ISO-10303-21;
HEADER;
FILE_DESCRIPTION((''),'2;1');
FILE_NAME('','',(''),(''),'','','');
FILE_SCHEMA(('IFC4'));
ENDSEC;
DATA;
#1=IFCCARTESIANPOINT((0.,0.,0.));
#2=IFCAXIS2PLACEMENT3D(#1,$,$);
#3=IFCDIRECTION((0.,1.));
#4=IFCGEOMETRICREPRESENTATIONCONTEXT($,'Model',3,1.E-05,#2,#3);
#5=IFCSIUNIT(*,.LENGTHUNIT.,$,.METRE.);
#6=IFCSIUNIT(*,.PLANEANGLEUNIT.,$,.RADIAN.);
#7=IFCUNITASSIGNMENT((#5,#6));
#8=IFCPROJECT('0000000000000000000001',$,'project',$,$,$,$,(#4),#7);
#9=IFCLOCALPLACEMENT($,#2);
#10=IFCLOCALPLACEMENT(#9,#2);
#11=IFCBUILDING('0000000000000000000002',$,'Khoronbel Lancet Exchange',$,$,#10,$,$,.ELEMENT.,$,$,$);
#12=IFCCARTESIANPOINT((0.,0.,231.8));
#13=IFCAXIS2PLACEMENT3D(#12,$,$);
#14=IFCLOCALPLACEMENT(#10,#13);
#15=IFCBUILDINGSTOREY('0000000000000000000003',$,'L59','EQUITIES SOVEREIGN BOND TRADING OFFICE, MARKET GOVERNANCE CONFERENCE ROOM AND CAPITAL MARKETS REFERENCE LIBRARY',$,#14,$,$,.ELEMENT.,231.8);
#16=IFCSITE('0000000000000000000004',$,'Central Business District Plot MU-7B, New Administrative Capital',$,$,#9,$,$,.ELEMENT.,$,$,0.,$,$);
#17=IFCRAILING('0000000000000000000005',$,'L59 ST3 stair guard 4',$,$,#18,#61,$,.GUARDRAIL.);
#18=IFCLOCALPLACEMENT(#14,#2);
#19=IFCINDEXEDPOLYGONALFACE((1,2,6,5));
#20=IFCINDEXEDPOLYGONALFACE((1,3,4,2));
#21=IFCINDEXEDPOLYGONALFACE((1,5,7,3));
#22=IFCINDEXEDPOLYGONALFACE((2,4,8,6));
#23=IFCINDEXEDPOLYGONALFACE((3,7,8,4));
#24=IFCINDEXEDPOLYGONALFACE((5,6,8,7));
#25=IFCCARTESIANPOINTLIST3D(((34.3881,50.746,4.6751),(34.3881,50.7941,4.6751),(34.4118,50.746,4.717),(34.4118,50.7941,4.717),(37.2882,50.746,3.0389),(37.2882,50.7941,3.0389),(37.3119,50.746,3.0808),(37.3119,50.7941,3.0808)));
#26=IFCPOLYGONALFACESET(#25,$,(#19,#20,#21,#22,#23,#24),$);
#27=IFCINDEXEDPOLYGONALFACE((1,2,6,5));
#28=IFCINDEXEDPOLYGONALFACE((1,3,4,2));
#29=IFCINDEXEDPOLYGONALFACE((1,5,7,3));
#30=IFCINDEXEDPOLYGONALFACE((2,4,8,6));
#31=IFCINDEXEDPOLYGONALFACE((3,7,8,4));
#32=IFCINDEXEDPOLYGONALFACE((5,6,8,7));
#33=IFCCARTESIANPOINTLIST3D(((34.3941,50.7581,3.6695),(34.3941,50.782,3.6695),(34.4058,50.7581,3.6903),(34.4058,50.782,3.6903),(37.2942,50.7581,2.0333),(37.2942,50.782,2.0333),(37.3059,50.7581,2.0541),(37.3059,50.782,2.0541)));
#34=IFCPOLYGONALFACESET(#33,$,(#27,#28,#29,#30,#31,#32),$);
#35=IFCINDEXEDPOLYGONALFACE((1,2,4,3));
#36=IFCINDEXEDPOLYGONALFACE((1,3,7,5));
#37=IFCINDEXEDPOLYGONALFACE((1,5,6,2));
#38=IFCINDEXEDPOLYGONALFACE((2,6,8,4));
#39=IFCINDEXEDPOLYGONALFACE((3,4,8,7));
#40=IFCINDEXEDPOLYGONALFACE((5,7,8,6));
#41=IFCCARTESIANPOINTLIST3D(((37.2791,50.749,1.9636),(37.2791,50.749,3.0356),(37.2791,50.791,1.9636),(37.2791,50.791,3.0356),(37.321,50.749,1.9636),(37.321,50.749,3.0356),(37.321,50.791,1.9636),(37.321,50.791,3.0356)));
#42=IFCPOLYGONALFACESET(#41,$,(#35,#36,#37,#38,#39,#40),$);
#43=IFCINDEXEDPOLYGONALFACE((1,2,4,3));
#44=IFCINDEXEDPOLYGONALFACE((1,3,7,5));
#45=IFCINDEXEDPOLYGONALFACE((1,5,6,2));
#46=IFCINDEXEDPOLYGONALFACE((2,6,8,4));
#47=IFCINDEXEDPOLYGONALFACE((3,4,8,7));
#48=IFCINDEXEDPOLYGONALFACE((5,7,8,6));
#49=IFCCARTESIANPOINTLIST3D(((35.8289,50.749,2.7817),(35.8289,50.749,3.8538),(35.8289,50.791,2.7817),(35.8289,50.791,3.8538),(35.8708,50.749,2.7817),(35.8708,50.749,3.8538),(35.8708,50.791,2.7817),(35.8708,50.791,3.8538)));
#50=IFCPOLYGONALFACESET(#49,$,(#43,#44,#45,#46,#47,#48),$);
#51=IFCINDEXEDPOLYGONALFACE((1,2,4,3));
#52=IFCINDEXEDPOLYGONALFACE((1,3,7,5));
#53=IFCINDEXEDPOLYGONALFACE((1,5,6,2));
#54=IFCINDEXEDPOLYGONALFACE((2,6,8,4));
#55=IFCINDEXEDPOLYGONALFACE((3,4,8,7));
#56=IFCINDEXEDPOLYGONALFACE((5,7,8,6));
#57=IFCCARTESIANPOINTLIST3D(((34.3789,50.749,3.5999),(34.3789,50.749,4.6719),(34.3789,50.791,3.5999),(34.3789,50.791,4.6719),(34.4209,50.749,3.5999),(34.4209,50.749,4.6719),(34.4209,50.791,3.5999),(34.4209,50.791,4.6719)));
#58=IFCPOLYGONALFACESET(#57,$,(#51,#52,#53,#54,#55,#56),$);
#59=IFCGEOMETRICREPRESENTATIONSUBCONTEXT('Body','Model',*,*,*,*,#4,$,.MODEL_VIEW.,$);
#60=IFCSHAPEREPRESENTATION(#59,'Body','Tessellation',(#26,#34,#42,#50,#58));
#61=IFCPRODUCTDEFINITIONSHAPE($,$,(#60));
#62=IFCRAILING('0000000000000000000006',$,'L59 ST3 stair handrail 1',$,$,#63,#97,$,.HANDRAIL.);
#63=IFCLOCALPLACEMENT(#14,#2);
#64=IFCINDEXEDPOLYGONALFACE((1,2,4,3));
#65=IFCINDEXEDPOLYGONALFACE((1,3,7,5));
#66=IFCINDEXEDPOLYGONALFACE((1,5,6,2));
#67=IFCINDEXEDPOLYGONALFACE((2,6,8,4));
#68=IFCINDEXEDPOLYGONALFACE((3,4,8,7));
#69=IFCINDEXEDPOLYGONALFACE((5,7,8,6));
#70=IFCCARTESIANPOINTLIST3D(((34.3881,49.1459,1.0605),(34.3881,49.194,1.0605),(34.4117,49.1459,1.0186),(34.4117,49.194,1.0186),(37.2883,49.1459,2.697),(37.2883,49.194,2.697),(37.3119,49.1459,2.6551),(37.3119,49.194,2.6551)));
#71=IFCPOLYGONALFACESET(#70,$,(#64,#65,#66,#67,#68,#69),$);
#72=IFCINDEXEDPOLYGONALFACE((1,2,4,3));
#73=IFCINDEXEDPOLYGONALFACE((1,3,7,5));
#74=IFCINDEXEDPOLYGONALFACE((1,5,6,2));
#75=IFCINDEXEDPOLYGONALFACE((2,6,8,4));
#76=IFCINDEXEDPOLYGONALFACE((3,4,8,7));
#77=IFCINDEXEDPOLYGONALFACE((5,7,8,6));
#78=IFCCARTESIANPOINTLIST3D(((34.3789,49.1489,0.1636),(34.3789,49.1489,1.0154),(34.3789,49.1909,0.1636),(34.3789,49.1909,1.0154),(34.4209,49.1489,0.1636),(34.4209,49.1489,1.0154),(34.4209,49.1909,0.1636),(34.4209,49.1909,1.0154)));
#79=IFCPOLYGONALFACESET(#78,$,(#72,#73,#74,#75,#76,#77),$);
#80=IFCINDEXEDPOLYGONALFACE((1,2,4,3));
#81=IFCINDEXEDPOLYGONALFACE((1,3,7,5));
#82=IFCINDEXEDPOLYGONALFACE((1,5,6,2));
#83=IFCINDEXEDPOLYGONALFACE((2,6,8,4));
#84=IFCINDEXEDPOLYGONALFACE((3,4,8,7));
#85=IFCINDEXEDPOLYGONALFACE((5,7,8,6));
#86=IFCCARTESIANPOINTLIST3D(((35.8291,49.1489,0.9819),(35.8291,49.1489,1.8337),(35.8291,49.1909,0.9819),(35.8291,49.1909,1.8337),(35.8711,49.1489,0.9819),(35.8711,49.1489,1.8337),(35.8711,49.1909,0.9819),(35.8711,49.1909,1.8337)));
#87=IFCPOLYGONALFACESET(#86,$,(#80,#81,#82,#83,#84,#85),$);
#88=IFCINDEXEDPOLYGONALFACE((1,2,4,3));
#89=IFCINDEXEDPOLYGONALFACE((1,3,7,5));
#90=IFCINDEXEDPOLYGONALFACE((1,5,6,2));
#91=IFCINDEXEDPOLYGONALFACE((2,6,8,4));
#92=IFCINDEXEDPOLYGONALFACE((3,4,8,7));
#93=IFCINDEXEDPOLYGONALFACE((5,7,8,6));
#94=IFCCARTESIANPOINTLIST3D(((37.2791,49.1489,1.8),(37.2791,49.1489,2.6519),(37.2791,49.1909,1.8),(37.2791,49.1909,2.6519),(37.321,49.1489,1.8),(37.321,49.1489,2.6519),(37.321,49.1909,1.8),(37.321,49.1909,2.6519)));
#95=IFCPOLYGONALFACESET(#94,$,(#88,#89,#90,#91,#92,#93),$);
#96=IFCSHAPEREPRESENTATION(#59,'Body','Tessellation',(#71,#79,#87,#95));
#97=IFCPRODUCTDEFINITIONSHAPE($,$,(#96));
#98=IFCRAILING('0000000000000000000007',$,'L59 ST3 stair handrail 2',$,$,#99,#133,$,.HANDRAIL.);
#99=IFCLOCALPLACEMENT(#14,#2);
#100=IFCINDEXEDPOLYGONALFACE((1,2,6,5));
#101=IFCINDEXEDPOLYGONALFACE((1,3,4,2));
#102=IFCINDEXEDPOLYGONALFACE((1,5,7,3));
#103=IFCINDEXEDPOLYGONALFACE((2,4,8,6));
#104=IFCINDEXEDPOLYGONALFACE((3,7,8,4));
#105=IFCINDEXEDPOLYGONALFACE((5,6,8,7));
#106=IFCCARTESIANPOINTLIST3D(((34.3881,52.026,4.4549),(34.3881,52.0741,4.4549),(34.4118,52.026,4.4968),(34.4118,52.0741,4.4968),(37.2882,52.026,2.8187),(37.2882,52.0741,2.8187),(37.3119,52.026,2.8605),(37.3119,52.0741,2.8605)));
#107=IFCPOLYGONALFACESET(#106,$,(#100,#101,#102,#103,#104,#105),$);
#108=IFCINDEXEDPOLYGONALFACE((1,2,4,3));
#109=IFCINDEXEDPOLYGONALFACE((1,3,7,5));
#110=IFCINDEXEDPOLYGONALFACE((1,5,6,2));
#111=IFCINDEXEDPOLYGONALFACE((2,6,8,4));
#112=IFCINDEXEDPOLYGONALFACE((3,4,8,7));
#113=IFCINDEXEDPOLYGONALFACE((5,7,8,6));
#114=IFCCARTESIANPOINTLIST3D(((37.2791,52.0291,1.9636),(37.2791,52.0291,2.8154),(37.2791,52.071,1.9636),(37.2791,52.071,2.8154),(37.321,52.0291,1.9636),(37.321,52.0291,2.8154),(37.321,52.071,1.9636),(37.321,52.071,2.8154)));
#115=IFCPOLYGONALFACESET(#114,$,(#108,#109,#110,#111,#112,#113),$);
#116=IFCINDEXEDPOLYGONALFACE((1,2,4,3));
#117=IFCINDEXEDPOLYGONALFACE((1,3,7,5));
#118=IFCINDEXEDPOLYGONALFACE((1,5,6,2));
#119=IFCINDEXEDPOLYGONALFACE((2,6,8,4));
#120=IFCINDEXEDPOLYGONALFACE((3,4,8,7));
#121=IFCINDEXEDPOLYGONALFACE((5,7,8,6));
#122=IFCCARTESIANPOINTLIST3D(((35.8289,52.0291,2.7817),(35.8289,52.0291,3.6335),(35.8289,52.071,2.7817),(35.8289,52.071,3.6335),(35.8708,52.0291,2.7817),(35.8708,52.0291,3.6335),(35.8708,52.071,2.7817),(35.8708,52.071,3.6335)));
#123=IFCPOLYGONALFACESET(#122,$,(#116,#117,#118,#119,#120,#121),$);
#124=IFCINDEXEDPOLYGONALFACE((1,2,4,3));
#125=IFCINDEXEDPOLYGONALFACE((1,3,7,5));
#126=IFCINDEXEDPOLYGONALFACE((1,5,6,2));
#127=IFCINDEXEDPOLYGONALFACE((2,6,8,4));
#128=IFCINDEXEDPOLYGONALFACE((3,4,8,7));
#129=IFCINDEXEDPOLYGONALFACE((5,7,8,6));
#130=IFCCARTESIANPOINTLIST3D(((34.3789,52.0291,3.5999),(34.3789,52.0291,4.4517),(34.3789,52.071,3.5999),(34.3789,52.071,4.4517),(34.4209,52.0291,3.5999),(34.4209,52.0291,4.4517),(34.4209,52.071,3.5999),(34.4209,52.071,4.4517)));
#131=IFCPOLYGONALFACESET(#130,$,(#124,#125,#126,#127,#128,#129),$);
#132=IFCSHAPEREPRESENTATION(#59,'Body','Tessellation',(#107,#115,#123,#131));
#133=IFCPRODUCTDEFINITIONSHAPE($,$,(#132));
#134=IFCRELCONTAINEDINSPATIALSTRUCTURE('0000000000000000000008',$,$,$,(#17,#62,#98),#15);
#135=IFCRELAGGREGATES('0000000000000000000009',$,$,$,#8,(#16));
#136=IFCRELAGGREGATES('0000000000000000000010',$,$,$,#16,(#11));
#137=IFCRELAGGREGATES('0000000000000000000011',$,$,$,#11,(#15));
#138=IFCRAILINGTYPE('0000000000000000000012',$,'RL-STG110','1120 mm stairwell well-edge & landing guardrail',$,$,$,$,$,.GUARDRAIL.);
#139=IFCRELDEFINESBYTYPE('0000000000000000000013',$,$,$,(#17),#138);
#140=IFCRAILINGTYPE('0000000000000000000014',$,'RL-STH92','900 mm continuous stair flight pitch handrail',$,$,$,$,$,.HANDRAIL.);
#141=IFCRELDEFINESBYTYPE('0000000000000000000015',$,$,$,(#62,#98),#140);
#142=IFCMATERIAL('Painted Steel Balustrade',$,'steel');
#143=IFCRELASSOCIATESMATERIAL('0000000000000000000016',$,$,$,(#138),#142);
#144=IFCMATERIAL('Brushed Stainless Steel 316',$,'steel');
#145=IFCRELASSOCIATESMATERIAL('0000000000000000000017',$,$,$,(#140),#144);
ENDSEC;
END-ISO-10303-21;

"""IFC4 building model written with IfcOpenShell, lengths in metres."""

from ifc_helpers import new_model, si_unit, direction, frame, origin, origin_2d, place, context, subcontext, project, spatial, rectangle, extrude, material, type_object, element, save


model = new_model("IFC4")

# Units and contexts
model_context = context("Model", 3, precision=1e-05, world=origin(), true_north=direction((0.0, 1.0)))
body_context = subcontext(model_context, "Body", "Model", "MODEL_VIEW")
ifc_project = project(units=[si_unit("LENGTHUNIT", "METRE"), si_unit("PLANEANGLEUNIT", "RADIAN")], contexts=[model_context])

# Site, building, storey
site_placement = place(None, origin())
site = spatial("IfcSite", under=ifc_project, at=site_placement, Name="Central Business District Plot MU-7B, New Administrative Capital", CompositionType="ELEMENT", RefElevation=0.0)
building_placement = place(site_placement, origin())
building = spatial("IfcBuilding", under=site, at=building_placement, Name="Khoronbel Lancet Exchange", CompositionType="ELEMENT")
storey_placement = place(building_placement, frame((0.0, 0.0, 231.8)))
storey = spatial("IfcBuildingStorey", under=building, at=storey_placement, Name="L59", Description="EQUITIES SOVEREIGN BOND TRADING OFFICE, MARKET GOVERNANCE CONFERENCE ROOM AND CAPITAL MARKETS REFERENCE LIBRARY", CompositionType="ELEMENT", Elevation=231.8)

# Railings
ifc_material_1 = material(Name="Painted Steel Balustrade", Category="steel")
railing_type_1 = type_object("IfcRailingType", Name="RL-STG110", Description="1120 mm stairwell well-edge & landing guardrail", PredefinedType="GUARDRAIL", material=ifc_material_1)
railing_1_placement = place(storey_placement, frame((37.3, 50.77, 1.9636)))
element("IfcRailing", 1, at=railing_1_placement, inside=storey, type_object=railing_type_1, Name="L59 ST3 stair guard 4", PredefinedType="GUARDRAIL", context=body_context, shape_type="SweptSolid", body=[
    extrude(rectangle(XDim=0.0481, YDim=0.0481, at=origin_2d()), frame((0.0, 0.0, 1.0962), z_axis=(-0.870946, 0.0, 0.491378), x_axis=(0.0, -1.0, 0.0)), (0.0, 0.0, 1.0), 3.3298),
    extrude(rectangle(XDim=0.0239, YDim=0.0239, at=origin_2d()), frame((0.0, 0.0, 0.0801), z_axis=(-0.870946, 0.0, 0.491378), x_axis=(0.0, -1.0, 0.0)), (0.0, 0.0, 1.0), 3.3298),
    extrude(rectangle(XDim=0.042, YDim=0.042, at=origin_2d()), origin(), (0.0, 0.0, 1.0), 1.072),
    extrude(rectangle(XDim=0.042, YDim=0.042, at=origin_2d()), frame((-1.4502, 0.0, 0.8181)), (0.0, 0.0, 1.0), 1.072),
    extrude(rectangle(XDim=0.042, YDim=0.042, at=origin_2d()), frame((-2.9001, 0.0, 1.6362)), (0.0, 0.0, 1.0), 1.072),
])
ifc_material_2 = material(Name="Brushed Stainless Steel 316", Category="steel")
railing_type_2 = type_object("IfcRailingType", Name="RL-STH92", Description="900 mm continuous stair flight pitch handrail", PredefinedType="HANDRAIL", material=ifc_material_2)
railing_2_placement = place(storey_placement, frame((34.3999, 49.1699, 0.1636)))
element("IfcRailing", 2, at=railing_2_placement, inside=storey, type_object=railing_type_2, Name="L59 ST3 stair handrail 1", PredefinedType="HANDRAIL", context=body_context, shape_type="SweptSolid", body=[
    extrude(rectangle(XDim=0.0481, YDim=0.0481, at=origin_2d()), frame((0.0, 0.0, 0.876), z_axis=(0.870915, 0.0, 0.491434), x_axis=(0.0, 1.0, 0.0)), (0.0, 0.0, 1.0), 3.3301),
    extrude(rectangle(XDim=0.042, YDim=0.042, at=origin_2d()), origin(), (0.0, 0.0, 1.0), 0.8518),
    extrude(rectangle(XDim=0.042, YDim=0.042, at=origin_2d()), frame((1.4502, 0.0, 0.8184)), (0.0, 0.0, 1.0), 0.8518),
    extrude(rectangle(XDim=0.042, YDim=0.042, at=origin_2d()), frame((2.9001, 0.0, 1.6365)), (0.0, 0.0, 1.0), 0.8518),
])
railing_3_placement = place(storey_placement, frame((37.3, 52.05, 1.9636)))
element("IfcRailing", 3, at=railing_3_placement, inside=storey, type_object=railing_type_2, Name="L59 ST3 stair handrail 2", PredefinedType="HANDRAIL", context=body_context, shape_type="SweptSolid", body=[
    extrude(rectangle(XDim=0.0481, YDim=0.0481, at=origin_2d()), frame((0.0, 0.0, 0.876), z_axis=(-0.870946, 0.0, 0.491378), x_axis=(0.0, -1.0, 0.0)), (0.0, 0.0, 1.0), 3.3298),
    extrude(rectangle(XDim=0.042, YDim=0.042, at=origin_2d()), origin(), (0.0, 0.0, 1.0), 0.8518),
    extrude(rectangle(XDim=0.042, YDim=0.042, at=origin_2d()), frame((-1.4502, 0.0, 0.8181)), (0.0, 0.0, 1.0), 0.8518),
    extrude(rectangle(XDim=0.042, YDim=0.042, at=origin_2d()), frame((-2.9001, 0.0, 1.6362)), (0.0, 0.0, 1.0), 0.8518),
])

save(model, "model.ifc")
